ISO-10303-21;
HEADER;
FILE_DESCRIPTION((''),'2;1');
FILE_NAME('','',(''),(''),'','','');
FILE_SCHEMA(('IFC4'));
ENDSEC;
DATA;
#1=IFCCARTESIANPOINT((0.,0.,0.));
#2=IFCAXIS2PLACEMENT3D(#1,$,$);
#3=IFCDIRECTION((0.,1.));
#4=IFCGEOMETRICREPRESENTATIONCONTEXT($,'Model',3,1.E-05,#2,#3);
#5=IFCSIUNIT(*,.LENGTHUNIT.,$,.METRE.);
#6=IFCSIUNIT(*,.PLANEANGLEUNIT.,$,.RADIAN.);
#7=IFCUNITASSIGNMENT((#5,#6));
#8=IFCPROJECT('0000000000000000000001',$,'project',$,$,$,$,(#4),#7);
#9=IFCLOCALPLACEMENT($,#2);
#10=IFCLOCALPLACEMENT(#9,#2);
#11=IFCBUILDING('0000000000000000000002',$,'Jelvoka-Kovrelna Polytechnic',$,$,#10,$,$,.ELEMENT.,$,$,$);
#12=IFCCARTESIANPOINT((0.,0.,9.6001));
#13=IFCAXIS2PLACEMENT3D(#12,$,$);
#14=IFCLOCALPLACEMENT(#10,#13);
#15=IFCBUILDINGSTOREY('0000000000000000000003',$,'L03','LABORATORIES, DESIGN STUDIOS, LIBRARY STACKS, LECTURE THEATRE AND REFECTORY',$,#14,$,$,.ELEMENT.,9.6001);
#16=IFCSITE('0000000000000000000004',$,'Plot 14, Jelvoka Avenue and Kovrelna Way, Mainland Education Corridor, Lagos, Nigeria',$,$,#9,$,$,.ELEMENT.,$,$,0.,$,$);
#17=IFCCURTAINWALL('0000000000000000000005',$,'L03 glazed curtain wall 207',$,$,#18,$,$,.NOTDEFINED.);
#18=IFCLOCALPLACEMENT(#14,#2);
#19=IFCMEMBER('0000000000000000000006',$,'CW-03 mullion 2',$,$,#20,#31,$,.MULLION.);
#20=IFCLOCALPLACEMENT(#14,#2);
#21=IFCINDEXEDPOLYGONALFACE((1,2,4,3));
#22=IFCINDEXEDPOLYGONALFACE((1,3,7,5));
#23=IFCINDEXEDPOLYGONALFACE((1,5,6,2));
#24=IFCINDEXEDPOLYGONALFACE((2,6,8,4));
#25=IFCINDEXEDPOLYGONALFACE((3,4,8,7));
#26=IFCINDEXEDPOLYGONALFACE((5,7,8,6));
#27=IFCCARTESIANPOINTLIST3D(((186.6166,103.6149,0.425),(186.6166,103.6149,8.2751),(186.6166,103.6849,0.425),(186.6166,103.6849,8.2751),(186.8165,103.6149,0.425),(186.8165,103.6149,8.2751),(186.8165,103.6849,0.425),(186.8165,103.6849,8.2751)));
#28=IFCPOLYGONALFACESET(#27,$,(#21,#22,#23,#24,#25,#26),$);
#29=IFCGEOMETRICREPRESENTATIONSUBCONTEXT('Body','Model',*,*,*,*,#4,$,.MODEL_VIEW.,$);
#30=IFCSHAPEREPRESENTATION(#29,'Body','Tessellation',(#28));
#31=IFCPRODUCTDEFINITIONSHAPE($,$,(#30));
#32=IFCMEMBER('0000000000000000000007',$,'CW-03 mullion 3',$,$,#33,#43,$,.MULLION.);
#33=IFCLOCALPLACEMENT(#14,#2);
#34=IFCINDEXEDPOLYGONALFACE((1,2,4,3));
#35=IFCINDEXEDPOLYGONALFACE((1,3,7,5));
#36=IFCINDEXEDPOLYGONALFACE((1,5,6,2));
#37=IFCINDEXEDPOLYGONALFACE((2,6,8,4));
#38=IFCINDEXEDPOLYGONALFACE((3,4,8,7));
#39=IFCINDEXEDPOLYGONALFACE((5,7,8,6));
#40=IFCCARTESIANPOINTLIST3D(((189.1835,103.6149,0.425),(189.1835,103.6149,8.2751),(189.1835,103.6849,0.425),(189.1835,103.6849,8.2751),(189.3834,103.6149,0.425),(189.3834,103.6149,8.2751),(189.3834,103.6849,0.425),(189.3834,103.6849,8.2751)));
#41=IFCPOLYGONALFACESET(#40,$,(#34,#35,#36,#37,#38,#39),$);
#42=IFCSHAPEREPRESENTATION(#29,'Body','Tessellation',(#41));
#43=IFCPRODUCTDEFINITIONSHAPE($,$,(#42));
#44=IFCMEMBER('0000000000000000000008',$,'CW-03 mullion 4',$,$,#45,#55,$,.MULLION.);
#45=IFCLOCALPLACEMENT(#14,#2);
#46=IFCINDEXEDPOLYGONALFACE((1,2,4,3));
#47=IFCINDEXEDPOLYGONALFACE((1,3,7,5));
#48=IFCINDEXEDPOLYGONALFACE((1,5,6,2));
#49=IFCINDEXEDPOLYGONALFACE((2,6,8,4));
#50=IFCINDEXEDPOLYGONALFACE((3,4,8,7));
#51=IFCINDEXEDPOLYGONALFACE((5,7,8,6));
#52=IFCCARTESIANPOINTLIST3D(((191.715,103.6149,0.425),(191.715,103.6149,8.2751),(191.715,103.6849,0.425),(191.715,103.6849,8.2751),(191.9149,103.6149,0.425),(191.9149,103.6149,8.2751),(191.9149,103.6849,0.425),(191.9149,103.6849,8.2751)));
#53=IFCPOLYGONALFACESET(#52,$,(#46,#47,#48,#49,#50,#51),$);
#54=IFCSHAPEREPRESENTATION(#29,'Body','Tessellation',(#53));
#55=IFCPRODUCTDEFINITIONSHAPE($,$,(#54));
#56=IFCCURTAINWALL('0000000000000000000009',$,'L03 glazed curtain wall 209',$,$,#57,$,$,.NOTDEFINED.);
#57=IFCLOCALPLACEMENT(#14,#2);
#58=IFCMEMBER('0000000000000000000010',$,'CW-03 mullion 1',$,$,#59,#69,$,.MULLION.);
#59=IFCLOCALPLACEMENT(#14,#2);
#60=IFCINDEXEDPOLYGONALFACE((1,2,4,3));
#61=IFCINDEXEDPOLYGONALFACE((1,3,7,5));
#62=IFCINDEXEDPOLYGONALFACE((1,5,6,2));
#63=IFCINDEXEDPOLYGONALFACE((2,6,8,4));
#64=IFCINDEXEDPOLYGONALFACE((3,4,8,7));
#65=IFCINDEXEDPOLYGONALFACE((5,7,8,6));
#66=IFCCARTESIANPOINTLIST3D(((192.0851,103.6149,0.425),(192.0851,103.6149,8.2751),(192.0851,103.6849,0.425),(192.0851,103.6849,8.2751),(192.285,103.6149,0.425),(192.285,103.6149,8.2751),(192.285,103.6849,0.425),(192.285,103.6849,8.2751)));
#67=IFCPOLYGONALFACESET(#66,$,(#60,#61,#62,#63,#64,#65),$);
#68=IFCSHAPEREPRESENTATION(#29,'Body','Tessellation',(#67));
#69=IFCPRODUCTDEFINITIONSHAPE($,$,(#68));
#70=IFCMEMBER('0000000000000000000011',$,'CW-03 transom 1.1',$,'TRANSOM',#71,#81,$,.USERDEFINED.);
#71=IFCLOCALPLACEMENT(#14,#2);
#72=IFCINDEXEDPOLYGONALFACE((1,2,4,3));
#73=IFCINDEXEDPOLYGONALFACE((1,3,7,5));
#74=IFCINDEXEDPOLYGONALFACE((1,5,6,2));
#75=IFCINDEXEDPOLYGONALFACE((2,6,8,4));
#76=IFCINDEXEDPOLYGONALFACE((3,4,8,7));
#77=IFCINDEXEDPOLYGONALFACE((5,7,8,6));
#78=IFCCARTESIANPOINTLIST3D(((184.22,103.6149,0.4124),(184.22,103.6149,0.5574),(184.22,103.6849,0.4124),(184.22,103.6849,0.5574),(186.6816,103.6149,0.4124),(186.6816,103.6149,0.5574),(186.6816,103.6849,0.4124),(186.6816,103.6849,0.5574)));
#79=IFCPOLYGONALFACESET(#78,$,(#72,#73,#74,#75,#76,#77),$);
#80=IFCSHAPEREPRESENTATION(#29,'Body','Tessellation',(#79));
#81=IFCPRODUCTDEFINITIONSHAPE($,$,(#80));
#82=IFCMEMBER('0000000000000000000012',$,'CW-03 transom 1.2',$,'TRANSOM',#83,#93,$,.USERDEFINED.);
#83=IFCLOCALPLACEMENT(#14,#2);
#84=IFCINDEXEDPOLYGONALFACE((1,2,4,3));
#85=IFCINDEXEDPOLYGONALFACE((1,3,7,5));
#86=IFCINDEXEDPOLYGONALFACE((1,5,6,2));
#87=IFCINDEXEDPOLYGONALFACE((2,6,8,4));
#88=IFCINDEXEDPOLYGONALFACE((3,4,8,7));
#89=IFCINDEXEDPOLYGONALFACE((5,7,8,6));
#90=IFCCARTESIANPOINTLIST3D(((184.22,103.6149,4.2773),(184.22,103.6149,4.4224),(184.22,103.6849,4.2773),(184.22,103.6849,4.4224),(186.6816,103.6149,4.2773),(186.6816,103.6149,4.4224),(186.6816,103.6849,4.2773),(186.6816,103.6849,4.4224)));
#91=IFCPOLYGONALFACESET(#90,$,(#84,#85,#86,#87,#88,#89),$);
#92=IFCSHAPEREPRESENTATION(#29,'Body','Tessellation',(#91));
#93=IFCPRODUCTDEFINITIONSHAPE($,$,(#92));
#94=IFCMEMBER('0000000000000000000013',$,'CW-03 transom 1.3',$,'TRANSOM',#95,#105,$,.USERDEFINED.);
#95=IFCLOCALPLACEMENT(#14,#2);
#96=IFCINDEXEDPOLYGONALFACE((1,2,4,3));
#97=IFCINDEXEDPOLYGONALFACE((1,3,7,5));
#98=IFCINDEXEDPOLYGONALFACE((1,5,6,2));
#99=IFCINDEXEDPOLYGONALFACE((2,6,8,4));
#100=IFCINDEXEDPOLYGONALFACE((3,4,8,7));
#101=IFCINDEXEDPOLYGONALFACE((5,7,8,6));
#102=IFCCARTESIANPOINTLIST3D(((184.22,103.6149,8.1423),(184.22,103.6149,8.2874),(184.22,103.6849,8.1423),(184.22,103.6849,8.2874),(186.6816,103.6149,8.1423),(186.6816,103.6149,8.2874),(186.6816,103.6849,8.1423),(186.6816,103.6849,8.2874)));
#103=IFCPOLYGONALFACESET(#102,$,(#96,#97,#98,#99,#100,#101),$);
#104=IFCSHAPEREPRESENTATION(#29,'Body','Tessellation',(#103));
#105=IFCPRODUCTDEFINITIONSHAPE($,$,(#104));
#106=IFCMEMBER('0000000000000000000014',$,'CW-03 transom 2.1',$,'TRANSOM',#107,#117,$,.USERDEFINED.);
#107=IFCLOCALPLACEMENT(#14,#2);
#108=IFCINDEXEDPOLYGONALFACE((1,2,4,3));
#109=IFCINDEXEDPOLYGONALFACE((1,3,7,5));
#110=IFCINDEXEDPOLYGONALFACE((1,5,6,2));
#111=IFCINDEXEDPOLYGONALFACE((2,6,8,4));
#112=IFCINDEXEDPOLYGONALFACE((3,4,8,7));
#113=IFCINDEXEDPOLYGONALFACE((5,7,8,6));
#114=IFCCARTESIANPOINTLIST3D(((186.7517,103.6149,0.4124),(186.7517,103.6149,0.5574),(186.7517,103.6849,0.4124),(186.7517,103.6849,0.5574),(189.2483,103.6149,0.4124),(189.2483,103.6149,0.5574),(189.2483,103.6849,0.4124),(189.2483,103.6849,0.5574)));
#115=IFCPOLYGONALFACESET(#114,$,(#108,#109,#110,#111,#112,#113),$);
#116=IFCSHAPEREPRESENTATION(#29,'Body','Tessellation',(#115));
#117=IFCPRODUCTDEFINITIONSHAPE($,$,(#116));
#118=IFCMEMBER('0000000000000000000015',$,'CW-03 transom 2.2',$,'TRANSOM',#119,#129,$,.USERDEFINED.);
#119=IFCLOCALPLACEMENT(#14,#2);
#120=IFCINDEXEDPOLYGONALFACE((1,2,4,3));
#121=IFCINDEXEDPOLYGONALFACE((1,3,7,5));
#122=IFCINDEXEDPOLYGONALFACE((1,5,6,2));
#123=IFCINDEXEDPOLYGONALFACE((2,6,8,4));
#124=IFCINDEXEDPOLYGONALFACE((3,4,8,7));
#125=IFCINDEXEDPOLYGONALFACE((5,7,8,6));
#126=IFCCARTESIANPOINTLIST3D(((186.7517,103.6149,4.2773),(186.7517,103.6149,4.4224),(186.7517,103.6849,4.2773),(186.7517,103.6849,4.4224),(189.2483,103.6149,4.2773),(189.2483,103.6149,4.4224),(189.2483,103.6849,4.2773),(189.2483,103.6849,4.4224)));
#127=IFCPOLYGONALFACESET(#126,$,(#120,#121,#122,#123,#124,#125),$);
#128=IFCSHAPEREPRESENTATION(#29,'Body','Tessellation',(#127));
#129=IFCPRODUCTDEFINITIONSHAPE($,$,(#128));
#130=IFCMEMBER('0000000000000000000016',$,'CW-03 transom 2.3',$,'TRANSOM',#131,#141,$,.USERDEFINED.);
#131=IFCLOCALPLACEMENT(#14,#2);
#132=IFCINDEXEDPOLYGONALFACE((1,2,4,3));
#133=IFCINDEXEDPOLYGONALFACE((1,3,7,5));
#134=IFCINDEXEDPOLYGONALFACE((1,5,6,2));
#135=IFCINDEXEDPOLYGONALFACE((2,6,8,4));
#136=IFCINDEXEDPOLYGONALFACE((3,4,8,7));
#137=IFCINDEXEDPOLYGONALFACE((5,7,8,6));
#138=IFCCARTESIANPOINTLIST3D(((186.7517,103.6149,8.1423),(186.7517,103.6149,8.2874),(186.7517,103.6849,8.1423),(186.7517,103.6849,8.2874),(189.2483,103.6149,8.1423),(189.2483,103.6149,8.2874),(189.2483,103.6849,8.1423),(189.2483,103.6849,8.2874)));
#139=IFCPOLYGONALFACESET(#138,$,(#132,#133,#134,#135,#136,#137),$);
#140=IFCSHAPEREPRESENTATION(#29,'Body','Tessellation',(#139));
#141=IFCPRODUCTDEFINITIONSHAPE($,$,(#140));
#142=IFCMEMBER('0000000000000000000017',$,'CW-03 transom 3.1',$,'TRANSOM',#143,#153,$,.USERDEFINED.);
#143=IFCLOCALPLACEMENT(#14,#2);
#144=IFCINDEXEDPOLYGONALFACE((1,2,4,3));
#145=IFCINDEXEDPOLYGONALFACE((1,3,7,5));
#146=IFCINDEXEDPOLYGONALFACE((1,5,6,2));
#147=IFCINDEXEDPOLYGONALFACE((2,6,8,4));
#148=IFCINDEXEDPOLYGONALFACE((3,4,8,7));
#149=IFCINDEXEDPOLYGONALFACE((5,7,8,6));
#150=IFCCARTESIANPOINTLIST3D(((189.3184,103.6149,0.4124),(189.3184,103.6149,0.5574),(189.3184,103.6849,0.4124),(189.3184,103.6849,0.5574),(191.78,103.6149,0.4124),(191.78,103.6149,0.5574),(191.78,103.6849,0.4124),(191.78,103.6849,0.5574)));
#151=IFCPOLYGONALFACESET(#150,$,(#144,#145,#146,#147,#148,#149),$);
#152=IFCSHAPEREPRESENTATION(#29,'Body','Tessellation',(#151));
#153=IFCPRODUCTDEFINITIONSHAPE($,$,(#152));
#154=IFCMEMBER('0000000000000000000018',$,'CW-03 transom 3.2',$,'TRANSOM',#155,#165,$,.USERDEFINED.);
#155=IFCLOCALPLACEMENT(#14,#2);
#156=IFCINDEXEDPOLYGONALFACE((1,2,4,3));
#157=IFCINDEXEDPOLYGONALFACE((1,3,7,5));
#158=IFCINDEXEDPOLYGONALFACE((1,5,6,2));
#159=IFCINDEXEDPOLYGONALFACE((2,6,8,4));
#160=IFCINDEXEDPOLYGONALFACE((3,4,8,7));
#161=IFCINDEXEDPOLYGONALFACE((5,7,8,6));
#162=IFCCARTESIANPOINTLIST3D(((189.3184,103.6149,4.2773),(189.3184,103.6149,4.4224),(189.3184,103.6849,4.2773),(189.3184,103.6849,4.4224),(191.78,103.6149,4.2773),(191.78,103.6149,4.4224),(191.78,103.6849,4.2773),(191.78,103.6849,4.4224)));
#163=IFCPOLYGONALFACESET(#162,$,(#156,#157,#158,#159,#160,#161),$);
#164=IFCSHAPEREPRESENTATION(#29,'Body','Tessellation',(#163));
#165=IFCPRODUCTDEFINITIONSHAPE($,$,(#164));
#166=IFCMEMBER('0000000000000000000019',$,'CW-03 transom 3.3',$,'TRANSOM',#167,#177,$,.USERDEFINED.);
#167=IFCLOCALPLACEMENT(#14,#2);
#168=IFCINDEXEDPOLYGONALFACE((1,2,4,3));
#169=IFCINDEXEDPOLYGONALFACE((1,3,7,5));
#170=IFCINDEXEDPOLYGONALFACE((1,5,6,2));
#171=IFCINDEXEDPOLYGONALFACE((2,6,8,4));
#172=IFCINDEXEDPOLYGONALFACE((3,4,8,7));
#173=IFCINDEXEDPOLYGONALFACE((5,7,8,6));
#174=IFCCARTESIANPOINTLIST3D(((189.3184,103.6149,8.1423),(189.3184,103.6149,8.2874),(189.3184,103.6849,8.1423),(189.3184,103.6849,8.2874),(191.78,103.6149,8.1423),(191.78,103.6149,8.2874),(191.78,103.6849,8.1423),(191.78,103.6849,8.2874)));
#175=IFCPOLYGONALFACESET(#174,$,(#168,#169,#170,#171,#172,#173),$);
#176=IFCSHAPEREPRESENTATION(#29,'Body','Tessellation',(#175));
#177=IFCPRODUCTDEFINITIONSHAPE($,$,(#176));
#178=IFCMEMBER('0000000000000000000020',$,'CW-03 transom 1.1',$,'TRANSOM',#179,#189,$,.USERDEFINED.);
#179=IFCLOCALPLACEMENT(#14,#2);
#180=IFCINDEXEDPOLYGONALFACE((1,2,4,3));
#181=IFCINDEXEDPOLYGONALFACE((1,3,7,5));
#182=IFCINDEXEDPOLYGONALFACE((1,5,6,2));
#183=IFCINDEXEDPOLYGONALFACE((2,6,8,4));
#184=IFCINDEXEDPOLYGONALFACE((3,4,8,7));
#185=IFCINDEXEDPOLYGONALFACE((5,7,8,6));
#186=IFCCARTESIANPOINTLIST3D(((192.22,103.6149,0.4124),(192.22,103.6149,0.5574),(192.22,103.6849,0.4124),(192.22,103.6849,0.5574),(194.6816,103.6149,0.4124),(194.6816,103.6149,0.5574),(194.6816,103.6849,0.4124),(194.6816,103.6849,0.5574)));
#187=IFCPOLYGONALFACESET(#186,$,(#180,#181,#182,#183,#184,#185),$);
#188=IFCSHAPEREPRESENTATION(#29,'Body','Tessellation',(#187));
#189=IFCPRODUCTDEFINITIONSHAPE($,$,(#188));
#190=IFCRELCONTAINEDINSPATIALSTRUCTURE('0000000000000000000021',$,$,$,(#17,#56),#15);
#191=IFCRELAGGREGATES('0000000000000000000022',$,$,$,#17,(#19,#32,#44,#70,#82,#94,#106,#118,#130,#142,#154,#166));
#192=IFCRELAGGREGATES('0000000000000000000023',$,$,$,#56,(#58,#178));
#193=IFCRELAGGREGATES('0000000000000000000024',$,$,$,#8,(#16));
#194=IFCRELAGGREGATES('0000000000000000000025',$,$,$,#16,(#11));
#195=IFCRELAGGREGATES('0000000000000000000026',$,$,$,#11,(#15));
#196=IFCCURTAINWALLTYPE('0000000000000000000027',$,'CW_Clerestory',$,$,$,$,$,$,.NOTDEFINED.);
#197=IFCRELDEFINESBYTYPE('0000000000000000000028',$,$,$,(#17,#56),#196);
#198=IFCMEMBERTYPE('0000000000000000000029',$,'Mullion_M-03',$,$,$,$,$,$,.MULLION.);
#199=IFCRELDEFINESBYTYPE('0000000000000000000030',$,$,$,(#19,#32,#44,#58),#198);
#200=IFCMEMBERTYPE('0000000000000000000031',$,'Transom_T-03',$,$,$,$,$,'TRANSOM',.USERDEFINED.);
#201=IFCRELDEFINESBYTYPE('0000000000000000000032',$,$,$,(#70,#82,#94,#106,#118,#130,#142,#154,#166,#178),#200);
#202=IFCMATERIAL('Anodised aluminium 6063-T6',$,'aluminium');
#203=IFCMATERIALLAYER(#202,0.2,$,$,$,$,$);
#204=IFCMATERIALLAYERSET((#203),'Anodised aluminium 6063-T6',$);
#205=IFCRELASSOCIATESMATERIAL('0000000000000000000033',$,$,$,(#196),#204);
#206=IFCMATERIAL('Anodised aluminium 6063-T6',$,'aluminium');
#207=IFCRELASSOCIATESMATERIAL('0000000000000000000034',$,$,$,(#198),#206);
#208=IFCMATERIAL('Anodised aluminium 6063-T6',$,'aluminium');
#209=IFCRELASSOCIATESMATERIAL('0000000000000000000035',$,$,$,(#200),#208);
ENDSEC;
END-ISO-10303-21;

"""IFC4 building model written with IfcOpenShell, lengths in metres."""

from ifc_helpers import new_model, si_unit, direction, frame, origin, origin_2d, place, context, subcontext, project, spatial, rectangle, extrude, material, layer, layer_set, material_profile, profile_set, type_object, element, aggregate, save


model = new_model("IFC4")

# Units and contexts
model_context = context("Model", 3, precision=1e-05, world=origin(), true_north=direction((0.0, 1.0)))
body_context = subcontext(model_context, "Body", "Model", "MODEL_VIEW")
ifc_project = project(units=[si_unit("LENGTHUNIT", "METRE"), si_unit("PLANEANGLEUNIT", "RADIAN")], contexts=[model_context])

# Site, building, storey
site_placement = place(None, origin())
site = spatial("IfcSite", under=ifc_project, at=site_placement, Name="Plot 14, Jelvoka Avenue and Kovrelna Way, Mainland Education Corridor, Lagos, Nigeria", CompositionType="ELEMENT", RefElevation=0.0)
building_placement = place(site_placement, origin())
building = spatial("IfcBuilding", under=site, at=building_placement, Name="Jelvoka-Kovrelna Polytechnic", CompositionType="ELEMENT")
storey_placement = place(building_placement, frame((0.0, 0.0, 9.6001)))
storey = spatial("IfcBuildingStorey", under=building, at=storey_placement, Name="L03", Description="LABORATORIES, DESIGN STUDIOS, LIBRARY STACKS, LECTURE THEATRE AND REFECTORY", CompositionType="ELEMENT", Elevation=9.6001)

# Curtain wall, members
ifc_material_1 = material(Name="Anodised aluminium 6063-T6", Category="aluminium")
ifc_layer_1 = layer(ifc_material_1, 0.2)
ifc_layer_set_1 = layer_set([ifc_layer_1], Name="Anodised aluminium 6063-T6")
curtain_wall_type = type_object("IfcCurtainWallType", Name="CW_Clerestory", PredefinedType="NOTDEFINED", material=ifc_layer_set_1)
curtain_wall_1_placement = place(storey_placement, origin())
curtain_wall_1 = element("IfcCurtainWall", 1, at=curtain_wall_1_placement, inside=storey, type_object=curtain_wall_type, Name="L03 glazed curtain wall 207", PredefinedType="NOTDEFINED")
ifc_material_2 = material(Name="Anodised aluminium 6063-T6", Category="aluminium")
ifc_material_profile_1 = material_profile(ifc_material_2, rectangle(XDim=0.0701, YDim=0.2, at=origin_2d()), Name="ALU 70x200")
ifc_profile_set_1 = profile_set([ifc_material_profile_1], Name="Anodised aluminium 6063-T6")
member_type_1 = type_object("IfcMemberType", Name="Mullion_M-03", PredefinedType="MULLION", material=ifc_profile_set_1)
member_1_placement = place(storey_placement, frame((186.7166, 103.6499, 0.425), z_axis=(0.0, 0.0, 1.0), x_axis=(0.0, 1.0, 0.0)))
member_1 = element("IfcMember", 2, at=member_1_placement, type_object=member_type_1, Name="CW-03 mullion 2", PredefinedType="MULLION", context=body_context, shape_type="SweptSolid", body=[
    extrude(rectangle(XDim=0.0701, YDim=0.2, at=origin_2d()), origin(), (0.0, 0.0, 1.0), 7.8501),
])
member_2_placement = place(storey_placement, frame((189.2834, 103.6499, 0.425), z_axis=(0.0, 0.0, 1.0), x_axis=(0.0, 1.0, 0.0)))
member_2 = element("IfcMember", 3, at=member_2_placement, type_object=member_type_1, Name="CW-03 mullion 3", PredefinedType="MULLION", context=body_context, shape_type="SweptSolid", body=[
    extrude(rectangle(XDim=0.0701, YDim=0.2, at=origin_2d()), origin(), (0.0, 0.0, 1.0), 7.8501),
])
member_3_placement = place(storey_placement, frame((191.8149, 103.6499, 0.425), z_axis=(0.0, 0.0, 1.0), x_axis=(0.0, 1.0, 0.0)))
member_3 = element("IfcMember", 4, at=member_3_placement, type_object=member_type_1, Name="CW-03 mullion 4", PredefinedType="MULLION", context=body_context, shape_type="SweptSolid", body=[
    extrude(rectangle(XDim=0.0701, YDim=0.2, at=origin_2d()), origin(), (0.0, 0.0, 1.0), 7.8501),
])

# Curtain wall, member
curtain_wall_2_placement = place(storey_placement, origin())
curtain_wall_2 = element("IfcCurtainWall", 5, at=curtain_wall_2_placement, inside=storey, type_object=curtain_wall_type, Name="L03 glazed curtain wall 209", PredefinedType="NOTDEFINED")
member_4_placement = place(storey_placement, frame((192.1851, 103.6499, 0.425), z_axis=(0.0, 0.0, 1.0), x_axis=(0.0, 1.0, 0.0)))
member_4 = element("IfcMember", 6, at=member_4_placement, type_object=member_type_1, Name="CW-03 mullion 1", PredefinedType="MULLION", context=body_context, shape_type="SweptSolid", body=[
    extrude(rectangle(XDim=0.0701, YDim=0.2, at=origin_2d()), origin(), (0.0, 0.0, 1.0), 7.8501),
])

# Members
ifc_material_3 = material(Name="Anodised aluminium 6063-T6", Category="aluminium")
ifc_material_profile_2 = material_profile(ifc_material_3, rectangle(XDim=0.0701, YDim=0.145, at=origin_2d()), Name="ALU 70x145")
ifc_profile_set_2 = profile_set([ifc_material_profile_2], Name="Anodised aluminium 6063-T6")
member_type_2 = type_object("IfcMemberType", Name="Transom_T-03", ElementType="TRANSOM", PredefinedType="USERDEFINED", material=ifc_profile_set_2)
member_5_placement = place(storey_placement, frame((184.22, 103.6499, 0.4849), z_axis=(1.0, 0.0, 0.0), x_axis=(0.0, 1.0, 0.0)))
member_5 = element("IfcMember", 7, at=member_5_placement, type_object=member_type_2, Name="CW-03 transom 1.1", ObjectType="TRANSOM", PredefinedType="USERDEFINED", context=body_context, shape_type="SweptSolid", body=[
    extrude(rectangle(XDim=0.0701, YDim=0.145, at=origin_2d()), origin(), (0.0, 0.0, 1.0), 2.4617),
])
member_6_placement = place(storey_placement, frame((184.22, 103.6499, 4.3499), z_axis=(1.0, 0.0, 0.0), x_axis=(0.0, 1.0, 0.0)))
member_6 = element("IfcMember", 8, at=member_6_placement, type_object=member_type_2, Name="CW-03 transom 1.2", ObjectType="TRANSOM", PredefinedType="USERDEFINED", context=body_context, shape_type="SweptSolid", body=[
    extrude(rectangle(XDim=0.0701, YDim=0.145, at=origin_2d()), origin(), (0.0, 0.0, 1.0), 2.4617),
])
member_7_placement = place(storey_placement, frame((184.22, 103.6499, 8.2148), z_axis=(1.0, 0.0, 0.0), x_axis=(0.0, 1.0, 0.0)))
member_7 = element("IfcMember", 9, at=member_7_placement, type_object=member_type_2, Name="CW-03 transom 1.3", ObjectType="TRANSOM", PredefinedType="USERDEFINED", context=body_context, shape_type="SweptSolid", body=[
    extrude(rectangle(XDim=0.0701, YDim=0.145, at=origin_2d()), origin(), (0.0, 0.0, 1.0), 2.4617),
])
member_8_placement = place(storey_placement, frame((186.7517, 103.6499, 0.4849), z_axis=(1.0, 0.0, 0.0), x_axis=(0.0, 1.0, 0.0)))
member_8 = element("IfcMember", 10, at=member_8_placement, type_object=member_type_2, Name="CW-03 transom 2.1", ObjectType="TRANSOM", PredefinedType="USERDEFINED", context=body_context, shape_type="SweptSolid", body=[
    extrude(rectangle(XDim=0.0701, YDim=0.145, at=origin_2d()), origin(), (0.0, 0.0, 1.0), 2.4966),
])
member_9_placement = place(storey_placement, frame((186.7517, 103.6499, 4.3499), z_axis=(1.0, 0.0, 0.0), x_axis=(0.0, 1.0, 0.0)))
member_9 = element("IfcMember", 11, at=member_9_placement, type_object=member_type_2, Name="CW-03 transom 2.2", ObjectType="TRANSOM", PredefinedType="USERDEFINED", context=body_context, shape_type="SweptSolid", body=[
    extrude(rectangle(XDim=0.0701, YDim=0.145, at=origin_2d()), origin(), (0.0, 0.0, 1.0), 2.4966),
])
member_10_placement = place(storey_placement, frame((186.7517, 103.6499, 8.2148), z_axis=(1.0, 0.0, 0.0), x_axis=(0.0, 1.0, 0.0)))
member_10 = element("IfcMember", 12, at=member_10_placement, type_object=member_type_2, Name="CW-03 transom 2.3", ObjectType="TRANSOM", PredefinedType="USERDEFINED", context=body_context, shape_type="SweptSolid", body=[
    extrude(rectangle(XDim=0.0701, YDim=0.145, at=origin_2d()), origin(), (0.0, 0.0, 1.0), 2.4966),
])
member_11_placement = place(storey_placement, frame((189.3184, 103.6499, 0.4849), z_axis=(1.0, 0.0, 0.0), x_axis=(0.0, 1.0, 0.0)))
member_11 = element("IfcMember", 13, at=member_11_placement, type_object=member_type_2, Name="CW-03 transom 3.1", ObjectType="TRANSOM", PredefinedType="USERDEFINED", context=body_context, shape_type="SweptSolid", body=[
    extrude(rectangle(XDim=0.0701, YDim=0.145, at=origin_2d()), origin(), (0.0, 0.0, 1.0), 2.4617),
])
member_12_placement = place(storey_placement, frame((189.3184, 103.6499, 4.3499), z_axis=(1.0, 0.0, 0.0), x_axis=(0.0, 1.0, 0.0)))
member_12 = element("IfcMember", 14, at=member_12_placement, type_object=member_type_2, Name="CW-03 transom 3.2", ObjectType="TRANSOM", PredefinedType="USERDEFINED", context=body_context, shape_type="SweptSolid", body=[
    extrude(rectangle(XDim=0.0701, YDim=0.145, at=origin_2d()), origin(), (0.0, 0.0, 1.0), 2.4617),
])
member_13_placement = place(storey_placement, frame((189.3184, 103.6499, 8.2148), z_axis=(1.0, 0.0, 0.0), x_axis=(0.0, 1.0, 0.0)))
member_13 = element("IfcMember", 15, at=member_13_placement, type_object=member_type_2, Name="CW-03 transom 3.3", ObjectType="TRANSOM", PredefinedType="USERDEFINED", context=body_context, shape_type="SweptSolid", body=[
    extrude(rectangle(XDim=0.0701, YDim=0.145, at=origin_2d()), origin(), (0.0, 0.0, 1.0), 2.4617),
])
member_14_placement = place(storey_placement, frame((192.22, 103.6499, 0.4849), z_axis=(1.0, 0.0, 0.0), x_axis=(0.0, 1.0, 0.0)))
member_14 = element("IfcMember", 16, at=member_14_placement, type_object=member_type_2, Name="CW-03 transom 1.1", ObjectType="TRANSOM", PredefinedType="USERDEFINED", context=body_context, shape_type="SweptSolid", body=[
    extrude(rectangle(XDim=0.0701, YDim=0.145, at=origin_2d()), origin(), (0.0, 0.0, 1.0), 2.4617),
])

aggregate(curtain_wall_1, [member_1, member_2, member_3, member_5, member_6, member_7, member_8, member_9, member_10, member_11, member_12, member_13])
aggregate(curtain_wall_2, [member_4, member_14])

save(model, "model.ifc")
